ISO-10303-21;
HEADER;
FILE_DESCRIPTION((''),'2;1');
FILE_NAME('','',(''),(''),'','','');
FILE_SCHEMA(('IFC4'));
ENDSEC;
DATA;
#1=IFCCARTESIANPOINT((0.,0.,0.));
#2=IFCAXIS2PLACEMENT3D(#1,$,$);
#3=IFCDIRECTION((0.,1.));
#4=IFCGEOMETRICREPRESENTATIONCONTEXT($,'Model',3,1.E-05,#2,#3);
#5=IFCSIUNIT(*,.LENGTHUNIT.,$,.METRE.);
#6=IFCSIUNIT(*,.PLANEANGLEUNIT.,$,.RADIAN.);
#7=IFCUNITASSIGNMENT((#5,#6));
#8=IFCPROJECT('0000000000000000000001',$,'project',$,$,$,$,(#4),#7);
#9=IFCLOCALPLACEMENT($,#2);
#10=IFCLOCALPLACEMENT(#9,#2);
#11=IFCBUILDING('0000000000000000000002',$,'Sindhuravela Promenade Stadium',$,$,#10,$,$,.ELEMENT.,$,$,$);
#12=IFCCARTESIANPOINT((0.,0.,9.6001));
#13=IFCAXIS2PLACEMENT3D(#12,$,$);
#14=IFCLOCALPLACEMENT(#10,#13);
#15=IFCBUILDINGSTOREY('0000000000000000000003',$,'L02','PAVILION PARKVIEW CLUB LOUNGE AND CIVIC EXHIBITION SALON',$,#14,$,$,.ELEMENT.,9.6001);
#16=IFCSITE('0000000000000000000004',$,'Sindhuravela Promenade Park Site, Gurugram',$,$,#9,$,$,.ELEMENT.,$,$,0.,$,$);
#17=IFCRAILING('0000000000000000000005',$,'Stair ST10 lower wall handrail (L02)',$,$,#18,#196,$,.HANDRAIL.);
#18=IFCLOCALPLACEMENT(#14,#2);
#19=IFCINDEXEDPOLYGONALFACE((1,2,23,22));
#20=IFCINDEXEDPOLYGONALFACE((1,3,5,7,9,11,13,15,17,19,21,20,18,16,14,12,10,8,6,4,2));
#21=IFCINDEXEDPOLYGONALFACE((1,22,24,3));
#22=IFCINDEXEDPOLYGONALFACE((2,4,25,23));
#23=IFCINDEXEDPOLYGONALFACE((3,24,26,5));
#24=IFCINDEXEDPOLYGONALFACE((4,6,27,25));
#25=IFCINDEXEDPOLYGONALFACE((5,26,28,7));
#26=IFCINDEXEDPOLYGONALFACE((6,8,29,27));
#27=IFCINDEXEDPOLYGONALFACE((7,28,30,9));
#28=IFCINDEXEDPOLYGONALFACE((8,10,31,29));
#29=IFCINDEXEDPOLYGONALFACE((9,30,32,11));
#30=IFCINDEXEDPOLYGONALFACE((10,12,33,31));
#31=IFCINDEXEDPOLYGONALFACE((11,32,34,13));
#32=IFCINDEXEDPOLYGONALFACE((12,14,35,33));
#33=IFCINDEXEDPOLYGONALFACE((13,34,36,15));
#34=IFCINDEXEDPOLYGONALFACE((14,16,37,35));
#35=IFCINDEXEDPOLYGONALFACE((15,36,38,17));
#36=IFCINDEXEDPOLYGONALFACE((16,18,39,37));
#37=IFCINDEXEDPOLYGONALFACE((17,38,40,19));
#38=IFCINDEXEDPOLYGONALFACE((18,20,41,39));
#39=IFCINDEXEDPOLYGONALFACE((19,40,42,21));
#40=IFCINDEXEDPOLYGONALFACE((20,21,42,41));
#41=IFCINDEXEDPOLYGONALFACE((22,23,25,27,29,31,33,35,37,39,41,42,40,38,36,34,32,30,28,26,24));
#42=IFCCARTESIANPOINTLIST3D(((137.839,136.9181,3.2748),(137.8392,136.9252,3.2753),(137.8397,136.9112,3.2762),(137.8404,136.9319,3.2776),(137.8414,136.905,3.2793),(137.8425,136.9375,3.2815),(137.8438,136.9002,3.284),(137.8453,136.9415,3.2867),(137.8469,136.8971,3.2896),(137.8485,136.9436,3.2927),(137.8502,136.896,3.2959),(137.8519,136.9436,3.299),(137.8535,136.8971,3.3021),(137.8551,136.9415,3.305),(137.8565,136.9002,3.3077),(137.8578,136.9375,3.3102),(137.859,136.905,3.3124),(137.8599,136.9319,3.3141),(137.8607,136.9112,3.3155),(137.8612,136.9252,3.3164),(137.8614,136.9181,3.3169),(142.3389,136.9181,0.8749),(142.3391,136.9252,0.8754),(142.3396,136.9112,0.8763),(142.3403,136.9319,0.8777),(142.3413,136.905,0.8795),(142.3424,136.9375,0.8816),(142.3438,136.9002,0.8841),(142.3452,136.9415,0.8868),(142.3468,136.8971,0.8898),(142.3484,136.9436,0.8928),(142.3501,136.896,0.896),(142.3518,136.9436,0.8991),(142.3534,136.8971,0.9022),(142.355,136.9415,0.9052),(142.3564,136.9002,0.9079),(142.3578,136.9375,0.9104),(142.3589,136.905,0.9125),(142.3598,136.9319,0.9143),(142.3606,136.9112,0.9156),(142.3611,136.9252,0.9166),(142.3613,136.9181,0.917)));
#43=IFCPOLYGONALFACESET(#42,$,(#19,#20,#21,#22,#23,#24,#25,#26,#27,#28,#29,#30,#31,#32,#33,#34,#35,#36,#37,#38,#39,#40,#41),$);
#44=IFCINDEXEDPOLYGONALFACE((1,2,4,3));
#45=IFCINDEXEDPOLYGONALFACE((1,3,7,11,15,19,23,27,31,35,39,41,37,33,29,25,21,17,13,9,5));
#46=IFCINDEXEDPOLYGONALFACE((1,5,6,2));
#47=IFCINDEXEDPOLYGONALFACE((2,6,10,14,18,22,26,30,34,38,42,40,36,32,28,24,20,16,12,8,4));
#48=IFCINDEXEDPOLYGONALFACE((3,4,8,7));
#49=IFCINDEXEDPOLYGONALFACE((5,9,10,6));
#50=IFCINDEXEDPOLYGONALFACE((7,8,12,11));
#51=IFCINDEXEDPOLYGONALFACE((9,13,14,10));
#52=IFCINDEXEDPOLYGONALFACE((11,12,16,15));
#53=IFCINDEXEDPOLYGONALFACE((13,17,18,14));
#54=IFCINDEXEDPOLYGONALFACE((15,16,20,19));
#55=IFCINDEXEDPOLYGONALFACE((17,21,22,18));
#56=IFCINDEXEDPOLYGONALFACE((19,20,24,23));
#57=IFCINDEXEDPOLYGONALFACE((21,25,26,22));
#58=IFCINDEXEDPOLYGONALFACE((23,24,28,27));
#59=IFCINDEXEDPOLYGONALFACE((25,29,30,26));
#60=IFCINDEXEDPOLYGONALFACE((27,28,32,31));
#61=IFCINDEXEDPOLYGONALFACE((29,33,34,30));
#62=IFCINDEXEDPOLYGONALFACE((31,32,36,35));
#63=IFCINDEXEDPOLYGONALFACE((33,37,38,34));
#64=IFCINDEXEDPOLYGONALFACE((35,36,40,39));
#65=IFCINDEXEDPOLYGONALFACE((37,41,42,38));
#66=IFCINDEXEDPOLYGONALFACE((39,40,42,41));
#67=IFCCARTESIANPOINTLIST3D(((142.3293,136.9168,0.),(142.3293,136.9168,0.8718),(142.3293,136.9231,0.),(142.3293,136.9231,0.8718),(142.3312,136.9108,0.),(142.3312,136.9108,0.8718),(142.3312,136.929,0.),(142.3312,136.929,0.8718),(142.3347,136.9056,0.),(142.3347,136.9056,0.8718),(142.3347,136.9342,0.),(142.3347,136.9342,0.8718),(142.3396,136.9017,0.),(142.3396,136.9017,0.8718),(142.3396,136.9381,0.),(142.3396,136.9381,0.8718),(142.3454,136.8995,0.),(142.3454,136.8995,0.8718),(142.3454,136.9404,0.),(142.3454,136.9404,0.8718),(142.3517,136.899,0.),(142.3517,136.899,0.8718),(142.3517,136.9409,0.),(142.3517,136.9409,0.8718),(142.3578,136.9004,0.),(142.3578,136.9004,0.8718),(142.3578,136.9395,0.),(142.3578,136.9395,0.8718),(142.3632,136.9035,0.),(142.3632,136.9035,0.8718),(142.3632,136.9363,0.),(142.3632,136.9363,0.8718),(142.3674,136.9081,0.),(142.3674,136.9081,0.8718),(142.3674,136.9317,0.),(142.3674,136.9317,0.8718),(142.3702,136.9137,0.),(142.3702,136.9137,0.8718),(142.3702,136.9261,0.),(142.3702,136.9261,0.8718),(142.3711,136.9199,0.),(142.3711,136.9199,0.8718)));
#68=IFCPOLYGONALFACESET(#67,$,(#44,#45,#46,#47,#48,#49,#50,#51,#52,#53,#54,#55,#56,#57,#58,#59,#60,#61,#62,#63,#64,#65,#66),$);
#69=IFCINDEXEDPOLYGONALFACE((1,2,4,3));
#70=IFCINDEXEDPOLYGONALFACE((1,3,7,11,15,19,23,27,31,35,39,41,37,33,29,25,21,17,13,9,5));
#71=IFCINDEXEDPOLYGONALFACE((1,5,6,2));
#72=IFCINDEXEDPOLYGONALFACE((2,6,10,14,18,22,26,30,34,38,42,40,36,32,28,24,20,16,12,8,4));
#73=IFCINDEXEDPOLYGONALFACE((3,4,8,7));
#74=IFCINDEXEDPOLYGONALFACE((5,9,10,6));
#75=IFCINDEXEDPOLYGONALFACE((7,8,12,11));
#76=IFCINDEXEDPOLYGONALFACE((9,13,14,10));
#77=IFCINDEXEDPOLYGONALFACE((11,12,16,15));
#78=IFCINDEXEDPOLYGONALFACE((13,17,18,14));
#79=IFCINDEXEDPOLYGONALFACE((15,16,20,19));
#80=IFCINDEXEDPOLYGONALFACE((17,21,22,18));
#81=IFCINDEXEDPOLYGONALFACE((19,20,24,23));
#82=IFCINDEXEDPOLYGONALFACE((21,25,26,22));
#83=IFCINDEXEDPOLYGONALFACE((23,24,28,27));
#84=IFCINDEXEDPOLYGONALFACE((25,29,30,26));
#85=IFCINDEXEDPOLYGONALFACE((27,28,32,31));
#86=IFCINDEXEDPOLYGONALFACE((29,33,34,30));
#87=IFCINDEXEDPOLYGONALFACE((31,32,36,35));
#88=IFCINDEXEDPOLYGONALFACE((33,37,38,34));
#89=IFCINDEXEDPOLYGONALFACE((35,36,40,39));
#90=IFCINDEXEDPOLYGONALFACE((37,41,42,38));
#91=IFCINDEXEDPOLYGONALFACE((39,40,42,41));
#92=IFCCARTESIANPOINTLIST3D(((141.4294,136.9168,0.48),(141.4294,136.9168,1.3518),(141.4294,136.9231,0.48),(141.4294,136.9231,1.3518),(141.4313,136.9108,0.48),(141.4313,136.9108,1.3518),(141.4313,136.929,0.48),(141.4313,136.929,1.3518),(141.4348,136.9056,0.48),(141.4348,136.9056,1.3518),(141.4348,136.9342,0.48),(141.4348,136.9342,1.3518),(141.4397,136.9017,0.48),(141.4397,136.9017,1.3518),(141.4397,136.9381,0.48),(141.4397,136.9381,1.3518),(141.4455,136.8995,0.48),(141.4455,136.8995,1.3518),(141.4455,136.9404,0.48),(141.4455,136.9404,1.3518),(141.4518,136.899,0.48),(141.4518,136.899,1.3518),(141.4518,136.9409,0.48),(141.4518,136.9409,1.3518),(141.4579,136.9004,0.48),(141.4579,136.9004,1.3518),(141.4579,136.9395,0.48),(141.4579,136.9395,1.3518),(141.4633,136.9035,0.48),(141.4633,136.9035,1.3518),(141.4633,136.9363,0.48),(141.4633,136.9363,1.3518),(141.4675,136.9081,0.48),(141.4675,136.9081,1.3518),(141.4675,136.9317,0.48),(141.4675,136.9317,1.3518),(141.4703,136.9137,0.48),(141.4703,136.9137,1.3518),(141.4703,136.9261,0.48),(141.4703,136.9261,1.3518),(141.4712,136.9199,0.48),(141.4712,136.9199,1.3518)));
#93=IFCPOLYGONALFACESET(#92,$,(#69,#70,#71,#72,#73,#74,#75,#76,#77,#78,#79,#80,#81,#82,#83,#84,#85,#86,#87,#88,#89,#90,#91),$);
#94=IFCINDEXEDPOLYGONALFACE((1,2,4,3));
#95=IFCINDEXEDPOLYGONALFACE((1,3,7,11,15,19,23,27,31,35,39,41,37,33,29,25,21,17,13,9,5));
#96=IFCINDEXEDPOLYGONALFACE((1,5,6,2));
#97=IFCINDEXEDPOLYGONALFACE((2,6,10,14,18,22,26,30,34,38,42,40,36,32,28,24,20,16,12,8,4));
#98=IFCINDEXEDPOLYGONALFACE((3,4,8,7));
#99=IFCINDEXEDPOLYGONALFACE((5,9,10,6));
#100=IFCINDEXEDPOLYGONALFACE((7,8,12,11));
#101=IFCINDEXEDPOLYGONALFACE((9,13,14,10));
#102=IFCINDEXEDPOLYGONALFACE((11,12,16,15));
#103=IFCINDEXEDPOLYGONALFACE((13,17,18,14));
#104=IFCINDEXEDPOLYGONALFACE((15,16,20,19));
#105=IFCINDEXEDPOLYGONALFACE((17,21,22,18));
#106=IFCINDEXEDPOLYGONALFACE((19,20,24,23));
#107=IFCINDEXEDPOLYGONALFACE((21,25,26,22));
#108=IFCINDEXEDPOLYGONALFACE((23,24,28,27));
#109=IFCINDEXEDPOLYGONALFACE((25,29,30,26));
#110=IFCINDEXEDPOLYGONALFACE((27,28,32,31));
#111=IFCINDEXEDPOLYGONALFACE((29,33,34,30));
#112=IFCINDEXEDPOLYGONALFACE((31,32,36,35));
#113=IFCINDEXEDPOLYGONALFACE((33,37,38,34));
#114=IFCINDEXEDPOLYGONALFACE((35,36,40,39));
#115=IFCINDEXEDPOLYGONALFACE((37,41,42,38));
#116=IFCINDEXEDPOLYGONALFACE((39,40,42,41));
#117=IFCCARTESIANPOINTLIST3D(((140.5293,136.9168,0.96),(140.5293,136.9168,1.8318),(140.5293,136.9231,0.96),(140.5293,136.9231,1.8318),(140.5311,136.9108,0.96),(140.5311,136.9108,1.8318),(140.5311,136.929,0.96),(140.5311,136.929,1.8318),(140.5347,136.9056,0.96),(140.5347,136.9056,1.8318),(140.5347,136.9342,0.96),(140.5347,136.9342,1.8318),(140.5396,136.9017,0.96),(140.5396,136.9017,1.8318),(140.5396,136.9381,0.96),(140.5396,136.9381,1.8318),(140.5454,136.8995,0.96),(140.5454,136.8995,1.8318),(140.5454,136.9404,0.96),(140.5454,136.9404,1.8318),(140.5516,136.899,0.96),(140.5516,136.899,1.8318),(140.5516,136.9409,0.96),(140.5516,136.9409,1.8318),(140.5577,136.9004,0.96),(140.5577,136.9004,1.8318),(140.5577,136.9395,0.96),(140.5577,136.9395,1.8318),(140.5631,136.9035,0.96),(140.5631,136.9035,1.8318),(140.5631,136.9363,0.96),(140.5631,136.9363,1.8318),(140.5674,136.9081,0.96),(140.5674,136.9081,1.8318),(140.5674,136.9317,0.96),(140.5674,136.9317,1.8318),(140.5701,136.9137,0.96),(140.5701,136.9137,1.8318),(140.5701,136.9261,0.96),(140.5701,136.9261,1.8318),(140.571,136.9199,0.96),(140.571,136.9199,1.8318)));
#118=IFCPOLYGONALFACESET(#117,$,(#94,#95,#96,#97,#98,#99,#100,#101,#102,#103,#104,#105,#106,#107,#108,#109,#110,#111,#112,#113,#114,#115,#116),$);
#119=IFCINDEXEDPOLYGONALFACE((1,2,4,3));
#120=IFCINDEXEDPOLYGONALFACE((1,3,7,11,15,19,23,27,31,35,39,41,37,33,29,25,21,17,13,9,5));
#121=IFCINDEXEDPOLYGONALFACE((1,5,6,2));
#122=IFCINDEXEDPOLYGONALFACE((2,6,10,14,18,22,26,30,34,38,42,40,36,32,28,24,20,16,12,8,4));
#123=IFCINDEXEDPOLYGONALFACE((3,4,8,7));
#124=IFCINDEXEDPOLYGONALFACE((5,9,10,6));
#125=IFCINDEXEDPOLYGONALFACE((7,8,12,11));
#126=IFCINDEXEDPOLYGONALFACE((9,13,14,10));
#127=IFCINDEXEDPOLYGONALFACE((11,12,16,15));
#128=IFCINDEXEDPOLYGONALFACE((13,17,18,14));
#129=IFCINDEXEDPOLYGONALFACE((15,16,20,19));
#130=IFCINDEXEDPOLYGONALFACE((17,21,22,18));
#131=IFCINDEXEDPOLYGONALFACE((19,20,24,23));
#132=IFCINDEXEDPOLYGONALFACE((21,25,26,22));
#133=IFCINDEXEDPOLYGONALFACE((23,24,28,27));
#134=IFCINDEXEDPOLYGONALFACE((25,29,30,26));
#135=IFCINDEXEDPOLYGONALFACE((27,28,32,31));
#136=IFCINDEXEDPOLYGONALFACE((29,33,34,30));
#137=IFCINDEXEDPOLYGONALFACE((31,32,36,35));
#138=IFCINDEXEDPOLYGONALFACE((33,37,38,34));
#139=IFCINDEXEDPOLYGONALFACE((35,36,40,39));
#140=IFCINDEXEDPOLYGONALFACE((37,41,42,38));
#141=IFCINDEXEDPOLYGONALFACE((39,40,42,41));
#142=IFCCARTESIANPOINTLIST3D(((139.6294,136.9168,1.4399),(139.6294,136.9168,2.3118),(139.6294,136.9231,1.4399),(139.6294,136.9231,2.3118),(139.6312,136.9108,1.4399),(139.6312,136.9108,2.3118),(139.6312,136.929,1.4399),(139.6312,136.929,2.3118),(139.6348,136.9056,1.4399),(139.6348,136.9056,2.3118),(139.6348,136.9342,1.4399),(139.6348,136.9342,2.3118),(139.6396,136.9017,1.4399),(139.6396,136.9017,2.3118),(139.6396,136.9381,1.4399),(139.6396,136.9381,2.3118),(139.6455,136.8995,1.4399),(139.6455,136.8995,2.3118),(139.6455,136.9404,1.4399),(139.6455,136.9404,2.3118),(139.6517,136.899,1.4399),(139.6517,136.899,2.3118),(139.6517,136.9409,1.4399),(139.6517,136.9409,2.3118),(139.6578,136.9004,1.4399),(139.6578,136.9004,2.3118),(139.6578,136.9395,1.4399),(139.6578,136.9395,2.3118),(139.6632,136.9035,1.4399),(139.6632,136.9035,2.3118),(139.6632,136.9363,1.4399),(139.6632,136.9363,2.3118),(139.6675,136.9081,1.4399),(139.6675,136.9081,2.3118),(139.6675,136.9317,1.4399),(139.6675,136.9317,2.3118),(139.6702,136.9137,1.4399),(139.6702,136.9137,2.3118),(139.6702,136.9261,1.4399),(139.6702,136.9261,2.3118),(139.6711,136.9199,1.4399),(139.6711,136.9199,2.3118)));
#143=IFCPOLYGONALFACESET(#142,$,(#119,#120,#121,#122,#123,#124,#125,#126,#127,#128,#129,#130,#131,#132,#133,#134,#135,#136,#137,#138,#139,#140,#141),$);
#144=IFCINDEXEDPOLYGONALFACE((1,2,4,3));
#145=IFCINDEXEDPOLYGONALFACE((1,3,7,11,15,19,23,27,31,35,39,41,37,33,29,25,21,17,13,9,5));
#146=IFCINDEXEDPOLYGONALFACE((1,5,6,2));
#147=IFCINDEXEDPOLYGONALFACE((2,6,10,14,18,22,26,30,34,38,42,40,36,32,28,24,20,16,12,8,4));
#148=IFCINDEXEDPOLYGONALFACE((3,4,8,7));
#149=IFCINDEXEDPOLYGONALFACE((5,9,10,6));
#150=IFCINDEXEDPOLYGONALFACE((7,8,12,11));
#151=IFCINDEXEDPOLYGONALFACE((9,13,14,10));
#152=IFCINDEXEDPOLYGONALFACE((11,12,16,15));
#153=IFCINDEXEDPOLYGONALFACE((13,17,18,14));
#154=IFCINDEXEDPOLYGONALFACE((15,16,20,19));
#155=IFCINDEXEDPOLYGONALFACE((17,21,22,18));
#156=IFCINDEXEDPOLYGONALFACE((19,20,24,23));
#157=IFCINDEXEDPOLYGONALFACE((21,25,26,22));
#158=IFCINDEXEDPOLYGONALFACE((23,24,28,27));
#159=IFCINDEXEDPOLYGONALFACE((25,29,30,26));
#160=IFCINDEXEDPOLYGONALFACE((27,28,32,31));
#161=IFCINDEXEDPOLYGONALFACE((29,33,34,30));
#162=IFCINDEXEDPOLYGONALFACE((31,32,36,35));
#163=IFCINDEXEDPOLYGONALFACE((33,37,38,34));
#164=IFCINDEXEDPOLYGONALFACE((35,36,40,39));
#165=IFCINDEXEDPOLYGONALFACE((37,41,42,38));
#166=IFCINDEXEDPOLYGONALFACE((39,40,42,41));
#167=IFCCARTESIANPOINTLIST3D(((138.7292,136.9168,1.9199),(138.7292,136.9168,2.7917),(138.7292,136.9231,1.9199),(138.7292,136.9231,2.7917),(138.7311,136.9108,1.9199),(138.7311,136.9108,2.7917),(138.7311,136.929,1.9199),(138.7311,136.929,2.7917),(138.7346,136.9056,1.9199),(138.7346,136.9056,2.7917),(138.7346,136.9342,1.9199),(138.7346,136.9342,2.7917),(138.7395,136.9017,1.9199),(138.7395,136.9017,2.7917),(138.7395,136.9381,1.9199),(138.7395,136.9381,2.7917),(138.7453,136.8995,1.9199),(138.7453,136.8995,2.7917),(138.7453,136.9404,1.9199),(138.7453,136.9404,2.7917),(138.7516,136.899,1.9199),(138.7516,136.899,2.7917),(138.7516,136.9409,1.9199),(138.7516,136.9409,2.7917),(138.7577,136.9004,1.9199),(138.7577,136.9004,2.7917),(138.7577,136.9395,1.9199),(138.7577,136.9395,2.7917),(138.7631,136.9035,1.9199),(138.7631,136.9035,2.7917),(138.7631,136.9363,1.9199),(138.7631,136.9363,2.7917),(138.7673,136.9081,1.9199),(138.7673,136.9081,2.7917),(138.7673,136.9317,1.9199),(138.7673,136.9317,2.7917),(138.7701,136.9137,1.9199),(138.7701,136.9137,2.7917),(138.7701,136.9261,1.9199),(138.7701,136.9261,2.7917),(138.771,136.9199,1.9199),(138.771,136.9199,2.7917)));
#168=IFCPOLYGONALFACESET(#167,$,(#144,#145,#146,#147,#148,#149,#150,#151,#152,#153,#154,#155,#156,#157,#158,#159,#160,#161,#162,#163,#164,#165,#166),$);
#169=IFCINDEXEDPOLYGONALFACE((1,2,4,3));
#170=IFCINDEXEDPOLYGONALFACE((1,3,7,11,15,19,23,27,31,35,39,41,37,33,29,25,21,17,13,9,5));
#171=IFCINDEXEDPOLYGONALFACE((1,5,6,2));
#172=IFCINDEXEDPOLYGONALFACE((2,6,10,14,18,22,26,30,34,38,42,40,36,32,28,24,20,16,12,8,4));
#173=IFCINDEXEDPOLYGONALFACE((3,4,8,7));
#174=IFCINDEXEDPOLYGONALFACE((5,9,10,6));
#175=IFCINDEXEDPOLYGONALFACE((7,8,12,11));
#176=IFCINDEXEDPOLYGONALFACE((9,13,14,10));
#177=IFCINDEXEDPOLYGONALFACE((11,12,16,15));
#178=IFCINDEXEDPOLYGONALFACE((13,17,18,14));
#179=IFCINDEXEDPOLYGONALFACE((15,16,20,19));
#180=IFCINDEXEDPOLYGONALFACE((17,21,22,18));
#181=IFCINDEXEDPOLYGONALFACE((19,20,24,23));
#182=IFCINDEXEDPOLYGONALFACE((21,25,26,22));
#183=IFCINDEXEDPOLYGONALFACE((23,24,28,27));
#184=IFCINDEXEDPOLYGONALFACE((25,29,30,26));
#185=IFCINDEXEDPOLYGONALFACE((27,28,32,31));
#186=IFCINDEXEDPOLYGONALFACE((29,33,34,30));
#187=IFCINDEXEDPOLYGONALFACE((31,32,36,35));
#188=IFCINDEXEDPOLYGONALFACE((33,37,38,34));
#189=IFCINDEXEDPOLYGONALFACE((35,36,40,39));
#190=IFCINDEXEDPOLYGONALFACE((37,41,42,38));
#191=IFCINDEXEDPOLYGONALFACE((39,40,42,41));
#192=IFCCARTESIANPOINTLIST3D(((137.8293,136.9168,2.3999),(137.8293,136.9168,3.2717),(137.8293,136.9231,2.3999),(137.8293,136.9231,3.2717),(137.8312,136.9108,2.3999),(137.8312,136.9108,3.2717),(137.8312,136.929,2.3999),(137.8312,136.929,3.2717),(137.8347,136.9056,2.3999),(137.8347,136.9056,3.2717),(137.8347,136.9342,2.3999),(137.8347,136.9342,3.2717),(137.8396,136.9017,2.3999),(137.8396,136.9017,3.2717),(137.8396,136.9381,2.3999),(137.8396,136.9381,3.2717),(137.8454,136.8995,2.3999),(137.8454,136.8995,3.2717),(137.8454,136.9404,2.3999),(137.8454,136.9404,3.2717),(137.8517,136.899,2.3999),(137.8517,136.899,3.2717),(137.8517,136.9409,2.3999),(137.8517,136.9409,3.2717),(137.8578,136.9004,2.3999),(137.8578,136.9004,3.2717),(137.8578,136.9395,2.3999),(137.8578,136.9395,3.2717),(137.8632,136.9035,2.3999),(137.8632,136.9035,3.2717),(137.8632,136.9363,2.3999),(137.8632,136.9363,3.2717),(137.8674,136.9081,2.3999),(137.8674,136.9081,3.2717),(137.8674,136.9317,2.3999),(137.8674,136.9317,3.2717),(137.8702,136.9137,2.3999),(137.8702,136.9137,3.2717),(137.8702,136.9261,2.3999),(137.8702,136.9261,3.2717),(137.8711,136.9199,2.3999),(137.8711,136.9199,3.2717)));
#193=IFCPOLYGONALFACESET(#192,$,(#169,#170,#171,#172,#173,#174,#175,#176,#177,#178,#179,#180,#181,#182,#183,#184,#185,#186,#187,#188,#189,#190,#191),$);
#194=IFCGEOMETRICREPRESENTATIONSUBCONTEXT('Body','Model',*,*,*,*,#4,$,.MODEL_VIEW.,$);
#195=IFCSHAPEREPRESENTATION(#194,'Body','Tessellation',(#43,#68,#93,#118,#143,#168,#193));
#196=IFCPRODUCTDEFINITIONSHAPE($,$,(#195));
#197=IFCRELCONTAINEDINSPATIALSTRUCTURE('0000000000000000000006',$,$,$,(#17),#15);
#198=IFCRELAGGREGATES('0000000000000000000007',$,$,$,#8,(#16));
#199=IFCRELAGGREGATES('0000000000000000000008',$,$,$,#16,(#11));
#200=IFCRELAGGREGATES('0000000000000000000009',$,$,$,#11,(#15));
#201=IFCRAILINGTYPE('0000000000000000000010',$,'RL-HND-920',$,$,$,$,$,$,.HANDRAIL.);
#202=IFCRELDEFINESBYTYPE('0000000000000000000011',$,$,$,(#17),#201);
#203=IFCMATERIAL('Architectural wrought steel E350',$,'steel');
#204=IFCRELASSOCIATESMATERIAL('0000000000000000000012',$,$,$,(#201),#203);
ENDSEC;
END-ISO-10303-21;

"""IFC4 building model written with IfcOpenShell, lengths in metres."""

from ifc_helpers import new_model, si_unit, direction, frame, origin, origin_2d, place, context, subcontext, project, spatial, circle, extrude, material, type_object, element, save


model = new_model("IFC4")

# Units and contexts
model_context = context("Model", 3, precision=1e-05, world=origin(), true_north=direction((0.0, 1.0)))
body_context = subcontext(model_context, "Body", "Model", "MODEL_VIEW")
ifc_project = project(units=[si_unit("LENGTHUNIT", "METRE"), si_unit("PLANEANGLEUNIT", "RADIAN")], contexts=[model_context])

# Site, building, storey
site_placement = place(None, origin())
site = spatial("IfcSite", under=ifc_project, at=site_placement, Name="Sindhuravela Promenade Park Site, Gurugram", CompositionType="ELEMENT", RefElevation=0.0)
building_placement = place(site_placement, origin())
building = spatial("IfcBuilding", under=site, at=building_placement, Name="Sindhuravela Promenade Stadium", CompositionType="ELEMENT")
storey_placement = place(building_placement, frame((0.0, 0.0, 9.6001)))
storey = spatial("IfcBuildingStorey", under=building, at=storey_placement, Name="L02", Description="PAVILION PARKVIEW CLUB LOUNGE AND CIVIC EXHIBITION SALON", CompositionType="ELEMENT", Elevation=9.6001)

# Shared definitions
ifc_material_1 = material(Name="Architectural wrought steel E350", Category="steel")

# Railing
railing_type_1 = type_object("IfcRailingType", Name="RL-HND-920", PredefinedType="HANDRAIL", material=ifc_material_1)
railing_1_placement = place(storey_placement, frame((142.3501, 136.9199, 0.0)))
element("IfcRailing", 1, at=railing_1_placement, inside=storey, type_object=railing_type_1, Name="Stair ST10 lower wall handrail (L02)", PredefinedType="HANDRAIL", context=body_context, shape_type="SweptSolid", body=[
    extrude(circle(Radius=0.0239, at=origin_2d()), frame((0.0, 0.0, 0.896), z_axis=(-0.882361, 0.0, 0.470573), x_axis=(0.0, -1.0, 0.0)), (0.0, 0.0, 1.0), 5.0999),
    extrude(circle(Radius=0.021, at=origin_2d()), origin(), (0.0, 0.0, 1.0), 0.8718),
    extrude(circle(Radius=0.021, at=origin_2d()), frame((-0.8999, 0.0, 0.48)), (0.0, 0.0, 1.0), 0.8718),
    extrude(circle(Radius=0.021, at=origin_2d()), frame((-1.8, 0.0, 0.96)), (0.0, 0.0, 1.0), 0.8718),
    extrude(circle(Radius=0.021, at=origin_2d()), frame((-2.7, 0.0, 1.4399)), (0.0, 0.0, 1.0), 0.8718),
    extrude(circle(Radius=0.021, at=origin_2d()), frame((-3.6001, 0.0, 1.9199)), (0.0, 0.0, 1.0), 0.8718),
    extrude(circle(Radius=0.021, at=origin_2d()), frame((-4.5, 0.0, 2.3999)), (0.0, 0.0, 1.0), 0.8718),
])

save(model, "model.ifc")
